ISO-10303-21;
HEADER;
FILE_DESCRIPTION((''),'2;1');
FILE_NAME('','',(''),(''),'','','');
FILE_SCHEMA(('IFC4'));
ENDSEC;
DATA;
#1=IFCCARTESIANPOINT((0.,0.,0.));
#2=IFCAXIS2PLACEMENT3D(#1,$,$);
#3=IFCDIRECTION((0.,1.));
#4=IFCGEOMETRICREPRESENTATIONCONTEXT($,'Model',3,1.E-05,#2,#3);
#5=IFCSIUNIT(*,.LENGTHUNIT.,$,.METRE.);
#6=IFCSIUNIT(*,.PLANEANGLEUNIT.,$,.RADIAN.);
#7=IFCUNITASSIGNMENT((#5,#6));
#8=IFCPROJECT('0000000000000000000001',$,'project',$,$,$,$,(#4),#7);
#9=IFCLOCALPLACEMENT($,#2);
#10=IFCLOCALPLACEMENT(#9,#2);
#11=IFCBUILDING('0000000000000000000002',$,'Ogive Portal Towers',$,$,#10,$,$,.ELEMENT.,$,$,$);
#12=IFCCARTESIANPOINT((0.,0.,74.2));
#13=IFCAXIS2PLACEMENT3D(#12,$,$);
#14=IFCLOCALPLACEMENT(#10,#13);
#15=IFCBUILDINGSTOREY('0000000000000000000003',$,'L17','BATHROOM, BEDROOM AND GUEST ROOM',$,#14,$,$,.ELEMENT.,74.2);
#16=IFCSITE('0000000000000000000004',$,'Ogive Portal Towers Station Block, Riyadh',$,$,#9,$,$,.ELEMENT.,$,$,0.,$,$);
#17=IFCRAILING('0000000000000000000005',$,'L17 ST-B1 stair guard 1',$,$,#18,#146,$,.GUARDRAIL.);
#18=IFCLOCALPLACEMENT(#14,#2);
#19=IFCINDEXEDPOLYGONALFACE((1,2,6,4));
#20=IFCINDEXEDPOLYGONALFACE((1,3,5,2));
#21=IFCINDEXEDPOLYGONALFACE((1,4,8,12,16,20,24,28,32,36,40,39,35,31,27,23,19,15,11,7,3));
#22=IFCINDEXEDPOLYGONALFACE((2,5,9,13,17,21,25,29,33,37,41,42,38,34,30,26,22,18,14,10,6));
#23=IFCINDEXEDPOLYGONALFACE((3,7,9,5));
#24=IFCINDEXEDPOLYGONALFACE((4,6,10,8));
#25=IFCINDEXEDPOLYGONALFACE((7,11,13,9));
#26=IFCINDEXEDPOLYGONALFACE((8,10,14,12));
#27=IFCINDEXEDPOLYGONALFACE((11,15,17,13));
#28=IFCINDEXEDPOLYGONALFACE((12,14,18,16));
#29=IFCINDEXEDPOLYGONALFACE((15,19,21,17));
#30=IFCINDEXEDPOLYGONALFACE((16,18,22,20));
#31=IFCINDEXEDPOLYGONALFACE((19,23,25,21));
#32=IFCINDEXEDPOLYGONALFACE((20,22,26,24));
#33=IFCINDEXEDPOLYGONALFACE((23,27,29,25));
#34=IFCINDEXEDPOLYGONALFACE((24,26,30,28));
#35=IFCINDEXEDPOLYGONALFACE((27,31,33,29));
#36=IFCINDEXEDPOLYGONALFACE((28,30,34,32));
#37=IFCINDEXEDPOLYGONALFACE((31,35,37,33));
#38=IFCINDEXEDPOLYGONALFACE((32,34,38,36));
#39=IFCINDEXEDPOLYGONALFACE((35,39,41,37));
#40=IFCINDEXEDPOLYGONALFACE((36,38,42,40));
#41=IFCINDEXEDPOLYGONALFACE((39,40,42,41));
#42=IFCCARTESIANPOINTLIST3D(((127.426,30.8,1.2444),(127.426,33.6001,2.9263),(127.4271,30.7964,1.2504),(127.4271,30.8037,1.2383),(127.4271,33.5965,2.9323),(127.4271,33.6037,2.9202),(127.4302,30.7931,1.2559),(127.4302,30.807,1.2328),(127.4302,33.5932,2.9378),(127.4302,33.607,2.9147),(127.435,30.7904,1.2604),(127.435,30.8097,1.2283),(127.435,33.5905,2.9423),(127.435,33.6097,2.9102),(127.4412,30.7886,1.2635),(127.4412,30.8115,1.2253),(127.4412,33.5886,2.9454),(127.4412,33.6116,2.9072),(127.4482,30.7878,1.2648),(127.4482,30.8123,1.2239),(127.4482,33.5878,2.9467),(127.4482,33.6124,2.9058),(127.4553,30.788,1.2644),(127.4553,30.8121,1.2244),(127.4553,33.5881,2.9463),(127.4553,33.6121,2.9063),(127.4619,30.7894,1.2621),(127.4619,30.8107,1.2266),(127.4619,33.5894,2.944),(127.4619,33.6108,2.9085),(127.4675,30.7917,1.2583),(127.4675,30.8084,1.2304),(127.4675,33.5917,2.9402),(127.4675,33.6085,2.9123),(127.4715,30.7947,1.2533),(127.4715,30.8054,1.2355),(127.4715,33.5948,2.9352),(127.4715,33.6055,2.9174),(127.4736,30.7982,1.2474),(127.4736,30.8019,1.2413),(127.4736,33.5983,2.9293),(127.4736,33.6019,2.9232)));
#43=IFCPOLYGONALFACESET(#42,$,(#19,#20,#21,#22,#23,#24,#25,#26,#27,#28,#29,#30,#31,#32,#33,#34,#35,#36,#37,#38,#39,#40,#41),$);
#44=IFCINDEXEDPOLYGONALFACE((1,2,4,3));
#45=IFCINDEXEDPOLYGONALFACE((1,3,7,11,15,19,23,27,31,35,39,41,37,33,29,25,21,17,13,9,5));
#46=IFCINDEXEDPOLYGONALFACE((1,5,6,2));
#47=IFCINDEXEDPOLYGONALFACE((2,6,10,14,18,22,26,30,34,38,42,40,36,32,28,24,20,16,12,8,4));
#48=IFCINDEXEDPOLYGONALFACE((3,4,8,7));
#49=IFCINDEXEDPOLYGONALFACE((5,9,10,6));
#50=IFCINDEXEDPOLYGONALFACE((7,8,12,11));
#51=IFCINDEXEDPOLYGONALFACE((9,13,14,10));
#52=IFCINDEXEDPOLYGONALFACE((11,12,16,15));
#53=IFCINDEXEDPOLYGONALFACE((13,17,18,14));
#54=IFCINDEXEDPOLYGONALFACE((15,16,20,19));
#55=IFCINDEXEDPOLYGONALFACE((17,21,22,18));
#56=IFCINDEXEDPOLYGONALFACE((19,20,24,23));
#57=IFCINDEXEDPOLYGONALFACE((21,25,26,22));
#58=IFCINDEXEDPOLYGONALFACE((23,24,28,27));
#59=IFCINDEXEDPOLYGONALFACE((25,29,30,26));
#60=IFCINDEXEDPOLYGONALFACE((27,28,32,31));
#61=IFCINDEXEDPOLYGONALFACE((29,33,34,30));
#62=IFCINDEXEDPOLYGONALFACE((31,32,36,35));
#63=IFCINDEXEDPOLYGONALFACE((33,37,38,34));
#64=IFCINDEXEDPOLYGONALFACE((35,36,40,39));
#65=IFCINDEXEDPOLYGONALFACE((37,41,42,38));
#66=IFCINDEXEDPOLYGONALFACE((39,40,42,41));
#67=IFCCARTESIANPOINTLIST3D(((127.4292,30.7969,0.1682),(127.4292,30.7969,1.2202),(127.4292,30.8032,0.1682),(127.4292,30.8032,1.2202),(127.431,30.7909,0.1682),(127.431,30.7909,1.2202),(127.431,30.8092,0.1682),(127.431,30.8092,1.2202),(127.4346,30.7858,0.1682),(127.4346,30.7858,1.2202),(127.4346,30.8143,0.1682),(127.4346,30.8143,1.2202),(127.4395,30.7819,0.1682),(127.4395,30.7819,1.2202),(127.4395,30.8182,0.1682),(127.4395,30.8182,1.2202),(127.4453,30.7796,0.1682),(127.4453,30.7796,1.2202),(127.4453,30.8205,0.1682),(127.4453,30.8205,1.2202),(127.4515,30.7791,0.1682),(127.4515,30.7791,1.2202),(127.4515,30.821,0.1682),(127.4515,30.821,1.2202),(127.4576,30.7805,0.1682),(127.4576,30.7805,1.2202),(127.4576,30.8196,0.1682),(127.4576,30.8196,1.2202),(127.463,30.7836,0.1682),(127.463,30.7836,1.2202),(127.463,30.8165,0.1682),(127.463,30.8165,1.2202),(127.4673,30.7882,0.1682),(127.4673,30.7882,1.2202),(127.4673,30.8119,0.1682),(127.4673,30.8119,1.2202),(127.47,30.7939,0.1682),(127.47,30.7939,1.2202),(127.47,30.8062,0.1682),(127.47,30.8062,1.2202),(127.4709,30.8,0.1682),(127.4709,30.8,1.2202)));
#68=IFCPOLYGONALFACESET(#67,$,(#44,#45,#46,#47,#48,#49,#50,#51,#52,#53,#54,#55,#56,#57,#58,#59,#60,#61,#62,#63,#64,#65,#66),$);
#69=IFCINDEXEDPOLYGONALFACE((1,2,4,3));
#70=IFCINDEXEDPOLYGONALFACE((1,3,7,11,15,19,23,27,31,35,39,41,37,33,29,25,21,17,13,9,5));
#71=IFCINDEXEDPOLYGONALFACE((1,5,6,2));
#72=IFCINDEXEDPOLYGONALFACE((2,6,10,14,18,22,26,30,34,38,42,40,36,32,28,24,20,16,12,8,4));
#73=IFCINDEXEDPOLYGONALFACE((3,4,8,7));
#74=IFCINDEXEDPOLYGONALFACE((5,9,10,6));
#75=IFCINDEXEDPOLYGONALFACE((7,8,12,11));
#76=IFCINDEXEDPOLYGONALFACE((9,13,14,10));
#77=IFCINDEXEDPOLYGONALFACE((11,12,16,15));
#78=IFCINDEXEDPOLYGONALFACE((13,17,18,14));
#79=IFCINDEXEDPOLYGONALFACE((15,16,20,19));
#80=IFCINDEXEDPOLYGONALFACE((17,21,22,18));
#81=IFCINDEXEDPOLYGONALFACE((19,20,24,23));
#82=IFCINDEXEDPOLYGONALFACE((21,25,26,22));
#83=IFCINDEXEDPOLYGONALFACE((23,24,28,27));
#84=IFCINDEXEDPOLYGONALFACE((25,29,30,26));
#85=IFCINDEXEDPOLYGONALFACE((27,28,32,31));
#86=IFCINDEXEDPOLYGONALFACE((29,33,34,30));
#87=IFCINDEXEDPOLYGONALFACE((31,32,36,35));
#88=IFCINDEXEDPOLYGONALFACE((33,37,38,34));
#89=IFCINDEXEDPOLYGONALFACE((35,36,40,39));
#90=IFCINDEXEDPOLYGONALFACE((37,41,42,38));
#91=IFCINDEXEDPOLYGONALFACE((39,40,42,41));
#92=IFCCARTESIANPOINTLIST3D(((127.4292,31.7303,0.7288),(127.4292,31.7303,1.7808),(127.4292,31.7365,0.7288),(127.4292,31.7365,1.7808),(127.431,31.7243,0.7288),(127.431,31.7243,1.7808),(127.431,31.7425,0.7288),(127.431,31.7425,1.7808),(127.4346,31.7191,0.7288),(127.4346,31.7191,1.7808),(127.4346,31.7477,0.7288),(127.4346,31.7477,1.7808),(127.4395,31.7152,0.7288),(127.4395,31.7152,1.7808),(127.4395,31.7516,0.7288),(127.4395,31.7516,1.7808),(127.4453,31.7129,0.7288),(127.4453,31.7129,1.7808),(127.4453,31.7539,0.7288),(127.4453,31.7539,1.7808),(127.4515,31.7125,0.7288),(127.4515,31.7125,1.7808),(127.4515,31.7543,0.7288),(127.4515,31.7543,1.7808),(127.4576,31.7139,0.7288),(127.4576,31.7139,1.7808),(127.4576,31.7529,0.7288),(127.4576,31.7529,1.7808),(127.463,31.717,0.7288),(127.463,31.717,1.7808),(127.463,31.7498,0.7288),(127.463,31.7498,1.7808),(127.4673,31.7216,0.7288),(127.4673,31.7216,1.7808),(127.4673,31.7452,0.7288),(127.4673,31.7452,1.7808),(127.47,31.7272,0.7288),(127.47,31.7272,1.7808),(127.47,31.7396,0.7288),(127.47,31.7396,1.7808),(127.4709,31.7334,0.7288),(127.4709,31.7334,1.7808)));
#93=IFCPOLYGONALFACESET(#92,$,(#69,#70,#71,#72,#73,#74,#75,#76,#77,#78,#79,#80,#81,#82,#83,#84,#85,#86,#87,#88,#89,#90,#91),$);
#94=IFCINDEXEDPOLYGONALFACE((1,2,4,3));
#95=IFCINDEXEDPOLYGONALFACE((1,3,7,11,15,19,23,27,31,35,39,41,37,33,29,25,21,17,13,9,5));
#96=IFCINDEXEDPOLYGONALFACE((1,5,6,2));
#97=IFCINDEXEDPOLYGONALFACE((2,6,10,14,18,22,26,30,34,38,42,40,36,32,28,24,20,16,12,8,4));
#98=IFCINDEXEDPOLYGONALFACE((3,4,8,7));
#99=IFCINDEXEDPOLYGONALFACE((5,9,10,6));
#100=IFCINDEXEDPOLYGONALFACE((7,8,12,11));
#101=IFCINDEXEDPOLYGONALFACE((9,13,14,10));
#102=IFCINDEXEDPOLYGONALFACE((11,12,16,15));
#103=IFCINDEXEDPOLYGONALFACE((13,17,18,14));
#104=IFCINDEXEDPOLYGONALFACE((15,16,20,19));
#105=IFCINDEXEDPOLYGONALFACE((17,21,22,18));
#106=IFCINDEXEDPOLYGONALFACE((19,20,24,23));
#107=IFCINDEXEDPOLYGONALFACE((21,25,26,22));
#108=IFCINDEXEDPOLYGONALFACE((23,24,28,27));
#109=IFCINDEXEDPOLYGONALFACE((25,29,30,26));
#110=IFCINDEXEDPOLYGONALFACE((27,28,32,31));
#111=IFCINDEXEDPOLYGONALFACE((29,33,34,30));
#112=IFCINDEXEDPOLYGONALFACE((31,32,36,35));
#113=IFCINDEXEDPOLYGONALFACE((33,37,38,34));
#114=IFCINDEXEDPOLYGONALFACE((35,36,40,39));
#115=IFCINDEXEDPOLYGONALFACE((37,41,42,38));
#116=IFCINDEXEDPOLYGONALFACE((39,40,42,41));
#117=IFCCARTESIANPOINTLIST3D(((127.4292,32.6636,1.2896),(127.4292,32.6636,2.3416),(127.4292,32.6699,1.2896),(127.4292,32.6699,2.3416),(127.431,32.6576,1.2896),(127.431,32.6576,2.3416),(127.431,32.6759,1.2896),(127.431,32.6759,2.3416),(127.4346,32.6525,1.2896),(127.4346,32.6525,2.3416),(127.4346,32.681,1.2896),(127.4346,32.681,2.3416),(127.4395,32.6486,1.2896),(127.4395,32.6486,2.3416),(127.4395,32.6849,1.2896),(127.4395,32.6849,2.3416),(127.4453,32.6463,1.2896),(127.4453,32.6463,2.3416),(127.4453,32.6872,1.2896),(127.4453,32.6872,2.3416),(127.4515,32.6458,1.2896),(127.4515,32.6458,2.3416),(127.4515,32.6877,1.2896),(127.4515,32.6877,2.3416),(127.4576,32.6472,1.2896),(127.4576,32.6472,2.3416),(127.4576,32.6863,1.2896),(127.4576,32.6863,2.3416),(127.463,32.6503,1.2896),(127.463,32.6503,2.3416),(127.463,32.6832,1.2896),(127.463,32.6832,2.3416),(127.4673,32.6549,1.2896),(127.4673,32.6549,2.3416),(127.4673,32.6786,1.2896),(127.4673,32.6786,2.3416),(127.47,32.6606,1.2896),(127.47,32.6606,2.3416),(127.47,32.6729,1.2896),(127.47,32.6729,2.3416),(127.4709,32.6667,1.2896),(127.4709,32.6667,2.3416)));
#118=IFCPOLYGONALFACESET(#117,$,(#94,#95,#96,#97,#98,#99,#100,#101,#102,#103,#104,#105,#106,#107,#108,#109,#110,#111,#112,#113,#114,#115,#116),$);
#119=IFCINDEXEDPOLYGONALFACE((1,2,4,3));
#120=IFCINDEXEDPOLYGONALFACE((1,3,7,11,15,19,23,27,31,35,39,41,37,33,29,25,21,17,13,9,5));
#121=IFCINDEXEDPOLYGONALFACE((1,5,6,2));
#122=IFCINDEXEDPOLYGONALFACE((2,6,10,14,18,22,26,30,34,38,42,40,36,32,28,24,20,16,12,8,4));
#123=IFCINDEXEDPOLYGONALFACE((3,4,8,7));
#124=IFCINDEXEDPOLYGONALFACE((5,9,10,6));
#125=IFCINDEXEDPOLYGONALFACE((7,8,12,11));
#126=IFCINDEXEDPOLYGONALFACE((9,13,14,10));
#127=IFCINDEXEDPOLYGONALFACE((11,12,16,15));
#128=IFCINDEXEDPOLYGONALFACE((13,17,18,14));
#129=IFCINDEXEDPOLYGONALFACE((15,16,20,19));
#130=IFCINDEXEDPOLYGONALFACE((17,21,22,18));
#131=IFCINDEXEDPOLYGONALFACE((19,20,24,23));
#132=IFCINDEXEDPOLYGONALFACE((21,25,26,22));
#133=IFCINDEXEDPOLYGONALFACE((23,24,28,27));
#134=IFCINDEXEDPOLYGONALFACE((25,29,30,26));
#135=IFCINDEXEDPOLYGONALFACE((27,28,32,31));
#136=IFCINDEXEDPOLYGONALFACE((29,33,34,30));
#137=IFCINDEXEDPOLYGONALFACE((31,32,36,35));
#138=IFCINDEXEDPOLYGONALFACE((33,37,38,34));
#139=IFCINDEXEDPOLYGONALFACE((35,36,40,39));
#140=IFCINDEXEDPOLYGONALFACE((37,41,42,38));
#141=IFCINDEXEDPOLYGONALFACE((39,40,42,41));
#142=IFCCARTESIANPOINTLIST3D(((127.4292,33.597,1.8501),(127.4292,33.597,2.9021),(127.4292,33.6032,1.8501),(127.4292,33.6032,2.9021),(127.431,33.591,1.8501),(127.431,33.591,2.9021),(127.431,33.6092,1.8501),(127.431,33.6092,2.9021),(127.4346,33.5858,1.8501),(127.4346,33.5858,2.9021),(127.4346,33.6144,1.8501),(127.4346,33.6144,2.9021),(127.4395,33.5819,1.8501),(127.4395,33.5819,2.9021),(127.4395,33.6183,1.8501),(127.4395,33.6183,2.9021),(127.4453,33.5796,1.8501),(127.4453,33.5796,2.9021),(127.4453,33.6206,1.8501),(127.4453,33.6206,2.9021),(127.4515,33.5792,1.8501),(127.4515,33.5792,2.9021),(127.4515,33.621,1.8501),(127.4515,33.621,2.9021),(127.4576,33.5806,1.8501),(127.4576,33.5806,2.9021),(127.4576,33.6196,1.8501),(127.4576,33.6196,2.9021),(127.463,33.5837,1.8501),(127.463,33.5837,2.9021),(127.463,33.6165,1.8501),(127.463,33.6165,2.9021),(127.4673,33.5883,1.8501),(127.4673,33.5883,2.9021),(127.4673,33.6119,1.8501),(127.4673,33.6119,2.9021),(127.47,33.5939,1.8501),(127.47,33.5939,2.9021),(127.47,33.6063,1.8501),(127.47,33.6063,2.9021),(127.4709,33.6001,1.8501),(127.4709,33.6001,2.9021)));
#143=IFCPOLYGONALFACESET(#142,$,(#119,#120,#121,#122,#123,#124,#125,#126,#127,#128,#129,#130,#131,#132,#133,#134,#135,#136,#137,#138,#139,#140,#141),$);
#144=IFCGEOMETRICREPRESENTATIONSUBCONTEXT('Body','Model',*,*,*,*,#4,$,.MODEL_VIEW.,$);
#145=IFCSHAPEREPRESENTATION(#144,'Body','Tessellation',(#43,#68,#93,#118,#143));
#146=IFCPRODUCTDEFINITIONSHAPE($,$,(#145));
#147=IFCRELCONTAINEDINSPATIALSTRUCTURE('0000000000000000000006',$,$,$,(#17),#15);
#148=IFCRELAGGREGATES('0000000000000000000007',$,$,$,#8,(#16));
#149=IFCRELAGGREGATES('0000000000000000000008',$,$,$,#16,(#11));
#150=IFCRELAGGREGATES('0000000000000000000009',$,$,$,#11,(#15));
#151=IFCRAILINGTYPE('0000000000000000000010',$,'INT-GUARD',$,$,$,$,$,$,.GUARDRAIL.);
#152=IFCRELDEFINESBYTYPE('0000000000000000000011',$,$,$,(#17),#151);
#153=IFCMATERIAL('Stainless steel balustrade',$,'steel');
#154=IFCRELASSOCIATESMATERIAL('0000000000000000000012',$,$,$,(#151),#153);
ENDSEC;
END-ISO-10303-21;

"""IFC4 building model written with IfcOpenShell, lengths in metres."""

from ifc_helpers import new_model, si_unit, direction, frame, origin, origin_2d, place, context, subcontext, project, spatial, circle, extrude, material, type_object, element, save


model = new_model("IFC4")

# Units and contexts
model_context = context("Model", 3, precision=1e-05, world=origin(), true_north=direction((0.0, 1.0)))
body_context = subcontext(model_context, "Body", "Model", "MODEL_VIEW")
ifc_project = project(units=[si_unit("LENGTHUNIT", "METRE"), si_unit("PLANEANGLEUNIT", "RADIAN")], contexts=[model_context])

# Site, building, storey
site_placement = place(None, origin())
site = spatial("IfcSite", under=ifc_project, at=site_placement, Name="Ogive Portal Towers Station Block, Riyadh", CompositionType="ELEMENT", RefElevation=0.0)
building_placement = place(site_placement, origin())
building = spatial("IfcBuilding", under=site, at=building_placement, Name="Ogive Portal Towers", CompositionType="ELEMENT")
storey_placement = place(building_placement, frame((0.0, 0.0, 74.2)))
storey = spatial("IfcBuildingStorey", under=building, at=storey_placement, Name="L17", Description="BATHROOM, BEDROOM AND GUEST ROOM", CompositionType="ELEMENT", Elevation=74.2)

# Railing
ifc_material_1 = material(Name="Stainless steel balustrade", Category="steel")
railing_type = type_object("IfcRailingType", Name="INT-GUARD", PredefinedType="GUARDRAIL", material=ifc_material_1)
railing_1_placement = place(storey_placement, frame((127.45, 30.8, 0.1682)))
element("IfcRailing", 1, at=railing_1_placement, inside=storey, type_object=railing_type, Name="L17 ST-B1 stair guard 1", PredefinedType="GUARDRAIL", context=body_context, shape_type="SweptSolid", body=[
    extrude(circle(Radius=0.0239, at=origin_2d()), frame((0.0, 0.0, 1.0762), z_axis=(0.0, 0.857242, 0.514913), x_axis=(-1.0, 0.0, 0.0)), (0.0, 0.0, 1.0), 3.2664),
    extrude(circle(Radius=0.021, at=origin_2d()), origin(), (0.0, 0.0, 1.0), 1.052),
    extrude(circle(Radius=0.021, at=origin_2d()), frame((0.0, 0.9333, 0.5605)), (0.0, 0.0, 1.0), 1.052),
    extrude(circle(Radius=0.021, at=origin_2d()), frame((0.0, 1.8667, 1.1213)), (0.0, 0.0, 1.0), 1.052),
    extrude(circle(Radius=0.021, at=origin_2d()), frame((0.0, 2.8, 1.6819)), (0.0, 0.0, 1.0), 1.052),
])

save(model, "model.ifc")
